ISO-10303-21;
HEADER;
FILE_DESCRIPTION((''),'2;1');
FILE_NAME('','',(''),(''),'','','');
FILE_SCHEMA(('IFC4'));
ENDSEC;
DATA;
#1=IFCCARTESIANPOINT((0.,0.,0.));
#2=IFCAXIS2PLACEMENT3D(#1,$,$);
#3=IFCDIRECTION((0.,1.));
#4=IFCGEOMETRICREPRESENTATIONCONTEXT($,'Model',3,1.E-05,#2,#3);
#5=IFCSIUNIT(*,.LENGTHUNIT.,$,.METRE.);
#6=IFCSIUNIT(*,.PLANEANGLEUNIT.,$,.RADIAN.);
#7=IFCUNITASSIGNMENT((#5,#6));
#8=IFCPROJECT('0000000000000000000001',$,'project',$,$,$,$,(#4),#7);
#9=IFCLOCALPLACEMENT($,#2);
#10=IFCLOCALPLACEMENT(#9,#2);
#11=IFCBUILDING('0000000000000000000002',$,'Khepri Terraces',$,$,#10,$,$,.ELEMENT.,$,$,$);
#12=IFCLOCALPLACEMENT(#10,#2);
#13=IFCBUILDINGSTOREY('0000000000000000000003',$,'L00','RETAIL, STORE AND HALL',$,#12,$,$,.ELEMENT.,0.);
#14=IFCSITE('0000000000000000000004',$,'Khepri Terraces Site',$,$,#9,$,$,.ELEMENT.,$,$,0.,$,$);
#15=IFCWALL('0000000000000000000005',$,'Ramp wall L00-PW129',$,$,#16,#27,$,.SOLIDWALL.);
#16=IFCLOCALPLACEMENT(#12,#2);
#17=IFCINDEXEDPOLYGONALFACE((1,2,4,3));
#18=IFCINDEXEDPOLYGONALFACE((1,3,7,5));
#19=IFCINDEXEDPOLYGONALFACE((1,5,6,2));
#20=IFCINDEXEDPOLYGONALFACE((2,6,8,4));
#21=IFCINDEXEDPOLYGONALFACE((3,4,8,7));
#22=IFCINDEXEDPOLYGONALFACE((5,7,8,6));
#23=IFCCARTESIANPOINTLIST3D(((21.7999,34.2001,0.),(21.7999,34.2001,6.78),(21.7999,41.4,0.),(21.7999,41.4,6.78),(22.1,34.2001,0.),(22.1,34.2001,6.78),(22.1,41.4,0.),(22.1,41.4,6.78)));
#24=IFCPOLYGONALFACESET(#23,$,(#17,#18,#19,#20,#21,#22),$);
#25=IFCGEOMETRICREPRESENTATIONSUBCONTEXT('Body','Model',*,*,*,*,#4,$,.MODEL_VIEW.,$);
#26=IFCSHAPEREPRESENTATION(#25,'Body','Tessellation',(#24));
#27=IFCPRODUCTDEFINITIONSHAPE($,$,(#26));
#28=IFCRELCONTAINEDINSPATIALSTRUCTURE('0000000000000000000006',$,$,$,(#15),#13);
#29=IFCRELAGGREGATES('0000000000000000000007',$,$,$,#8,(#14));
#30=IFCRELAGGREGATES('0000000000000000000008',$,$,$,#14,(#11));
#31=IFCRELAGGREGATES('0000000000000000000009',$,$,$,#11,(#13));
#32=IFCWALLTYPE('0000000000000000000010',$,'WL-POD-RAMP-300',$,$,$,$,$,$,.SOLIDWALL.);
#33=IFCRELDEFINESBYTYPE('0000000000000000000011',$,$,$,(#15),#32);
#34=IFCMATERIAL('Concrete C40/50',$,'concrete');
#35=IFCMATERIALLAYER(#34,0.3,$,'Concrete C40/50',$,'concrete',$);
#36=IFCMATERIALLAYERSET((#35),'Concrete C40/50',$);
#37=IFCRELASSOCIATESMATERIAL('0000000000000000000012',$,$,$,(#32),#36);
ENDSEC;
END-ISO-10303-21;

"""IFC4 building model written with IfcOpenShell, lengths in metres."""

from ifc_helpers import new_model, si_unit, direction, frame, frame_2d, origin, place, context, subcontext, project, spatial, rectangle, extrude, material, layer, layer_set, type_object, element, save


model = new_model("IFC4")

# Units and contexts
model_context = context("Model", 3, precision=1e-05, world=origin(), true_north=direction((0.0, 1.0)))
body_context = subcontext(model_context, "Body", "Model", "MODEL_VIEW")
ifc_project = project(units=[si_unit("LENGTHUNIT", "METRE"), si_unit("PLANEANGLEUNIT", "RADIAN")], contexts=[model_context])

# Site, building, storey
site_placement = place(None, origin())
site = spatial("IfcSite", under=ifc_project, at=site_placement, Name="Khepri Terraces Site", CompositionType="ELEMENT", RefElevation=0.0)
building_placement = place(site_placement, origin())
building = spatial("IfcBuilding", under=site, at=building_placement, Name="Khepri Terraces", CompositionType="ELEMENT")
storey_placement = place(building_placement, origin())
storey = spatial("IfcBuildingStorey", under=building, at=storey_placement, Name="L00", Description="RETAIL, STORE AND HALL", CompositionType="ELEMENT", Elevation=0.0)

# Wall
ifc_material_1 = material(Name="Concrete C40/50", Category="concrete")
ifc_layer_1 = layer(ifc_material_1, 0.3, Name="Concrete C40/50", Category="concrete")
ifc_layer_set_1 = layer_set([ifc_layer_1], Name="Concrete C40/50")
wall_type_1 = type_object("IfcWallType", Name="WL-POD-RAMP-300", PredefinedType="SOLIDWALL", material=ifc_layer_set_1)
wall_1_placement = place(storey_placement, frame((21.95, 34.2, 0.0), z_axis=(0.0, 0.0, 1.0), x_axis=(0.0, 1.0, 0.0)))
element("IfcWall", 1, at=wall_1_placement, inside=storey, type_object=wall_type_1, Name="Ramp wall L00-PW129", PredefinedType="SOLIDWALL", context=body_context, shape_type="SweptSolid", body=[
    extrude(rectangle(XDim=7.2, YDim=0.3, at=frame_2d((3.6001, 0.0))), origin(), (0.0, 0.0, 1.0), 6.78),
])

save(model, "model.ifc")
